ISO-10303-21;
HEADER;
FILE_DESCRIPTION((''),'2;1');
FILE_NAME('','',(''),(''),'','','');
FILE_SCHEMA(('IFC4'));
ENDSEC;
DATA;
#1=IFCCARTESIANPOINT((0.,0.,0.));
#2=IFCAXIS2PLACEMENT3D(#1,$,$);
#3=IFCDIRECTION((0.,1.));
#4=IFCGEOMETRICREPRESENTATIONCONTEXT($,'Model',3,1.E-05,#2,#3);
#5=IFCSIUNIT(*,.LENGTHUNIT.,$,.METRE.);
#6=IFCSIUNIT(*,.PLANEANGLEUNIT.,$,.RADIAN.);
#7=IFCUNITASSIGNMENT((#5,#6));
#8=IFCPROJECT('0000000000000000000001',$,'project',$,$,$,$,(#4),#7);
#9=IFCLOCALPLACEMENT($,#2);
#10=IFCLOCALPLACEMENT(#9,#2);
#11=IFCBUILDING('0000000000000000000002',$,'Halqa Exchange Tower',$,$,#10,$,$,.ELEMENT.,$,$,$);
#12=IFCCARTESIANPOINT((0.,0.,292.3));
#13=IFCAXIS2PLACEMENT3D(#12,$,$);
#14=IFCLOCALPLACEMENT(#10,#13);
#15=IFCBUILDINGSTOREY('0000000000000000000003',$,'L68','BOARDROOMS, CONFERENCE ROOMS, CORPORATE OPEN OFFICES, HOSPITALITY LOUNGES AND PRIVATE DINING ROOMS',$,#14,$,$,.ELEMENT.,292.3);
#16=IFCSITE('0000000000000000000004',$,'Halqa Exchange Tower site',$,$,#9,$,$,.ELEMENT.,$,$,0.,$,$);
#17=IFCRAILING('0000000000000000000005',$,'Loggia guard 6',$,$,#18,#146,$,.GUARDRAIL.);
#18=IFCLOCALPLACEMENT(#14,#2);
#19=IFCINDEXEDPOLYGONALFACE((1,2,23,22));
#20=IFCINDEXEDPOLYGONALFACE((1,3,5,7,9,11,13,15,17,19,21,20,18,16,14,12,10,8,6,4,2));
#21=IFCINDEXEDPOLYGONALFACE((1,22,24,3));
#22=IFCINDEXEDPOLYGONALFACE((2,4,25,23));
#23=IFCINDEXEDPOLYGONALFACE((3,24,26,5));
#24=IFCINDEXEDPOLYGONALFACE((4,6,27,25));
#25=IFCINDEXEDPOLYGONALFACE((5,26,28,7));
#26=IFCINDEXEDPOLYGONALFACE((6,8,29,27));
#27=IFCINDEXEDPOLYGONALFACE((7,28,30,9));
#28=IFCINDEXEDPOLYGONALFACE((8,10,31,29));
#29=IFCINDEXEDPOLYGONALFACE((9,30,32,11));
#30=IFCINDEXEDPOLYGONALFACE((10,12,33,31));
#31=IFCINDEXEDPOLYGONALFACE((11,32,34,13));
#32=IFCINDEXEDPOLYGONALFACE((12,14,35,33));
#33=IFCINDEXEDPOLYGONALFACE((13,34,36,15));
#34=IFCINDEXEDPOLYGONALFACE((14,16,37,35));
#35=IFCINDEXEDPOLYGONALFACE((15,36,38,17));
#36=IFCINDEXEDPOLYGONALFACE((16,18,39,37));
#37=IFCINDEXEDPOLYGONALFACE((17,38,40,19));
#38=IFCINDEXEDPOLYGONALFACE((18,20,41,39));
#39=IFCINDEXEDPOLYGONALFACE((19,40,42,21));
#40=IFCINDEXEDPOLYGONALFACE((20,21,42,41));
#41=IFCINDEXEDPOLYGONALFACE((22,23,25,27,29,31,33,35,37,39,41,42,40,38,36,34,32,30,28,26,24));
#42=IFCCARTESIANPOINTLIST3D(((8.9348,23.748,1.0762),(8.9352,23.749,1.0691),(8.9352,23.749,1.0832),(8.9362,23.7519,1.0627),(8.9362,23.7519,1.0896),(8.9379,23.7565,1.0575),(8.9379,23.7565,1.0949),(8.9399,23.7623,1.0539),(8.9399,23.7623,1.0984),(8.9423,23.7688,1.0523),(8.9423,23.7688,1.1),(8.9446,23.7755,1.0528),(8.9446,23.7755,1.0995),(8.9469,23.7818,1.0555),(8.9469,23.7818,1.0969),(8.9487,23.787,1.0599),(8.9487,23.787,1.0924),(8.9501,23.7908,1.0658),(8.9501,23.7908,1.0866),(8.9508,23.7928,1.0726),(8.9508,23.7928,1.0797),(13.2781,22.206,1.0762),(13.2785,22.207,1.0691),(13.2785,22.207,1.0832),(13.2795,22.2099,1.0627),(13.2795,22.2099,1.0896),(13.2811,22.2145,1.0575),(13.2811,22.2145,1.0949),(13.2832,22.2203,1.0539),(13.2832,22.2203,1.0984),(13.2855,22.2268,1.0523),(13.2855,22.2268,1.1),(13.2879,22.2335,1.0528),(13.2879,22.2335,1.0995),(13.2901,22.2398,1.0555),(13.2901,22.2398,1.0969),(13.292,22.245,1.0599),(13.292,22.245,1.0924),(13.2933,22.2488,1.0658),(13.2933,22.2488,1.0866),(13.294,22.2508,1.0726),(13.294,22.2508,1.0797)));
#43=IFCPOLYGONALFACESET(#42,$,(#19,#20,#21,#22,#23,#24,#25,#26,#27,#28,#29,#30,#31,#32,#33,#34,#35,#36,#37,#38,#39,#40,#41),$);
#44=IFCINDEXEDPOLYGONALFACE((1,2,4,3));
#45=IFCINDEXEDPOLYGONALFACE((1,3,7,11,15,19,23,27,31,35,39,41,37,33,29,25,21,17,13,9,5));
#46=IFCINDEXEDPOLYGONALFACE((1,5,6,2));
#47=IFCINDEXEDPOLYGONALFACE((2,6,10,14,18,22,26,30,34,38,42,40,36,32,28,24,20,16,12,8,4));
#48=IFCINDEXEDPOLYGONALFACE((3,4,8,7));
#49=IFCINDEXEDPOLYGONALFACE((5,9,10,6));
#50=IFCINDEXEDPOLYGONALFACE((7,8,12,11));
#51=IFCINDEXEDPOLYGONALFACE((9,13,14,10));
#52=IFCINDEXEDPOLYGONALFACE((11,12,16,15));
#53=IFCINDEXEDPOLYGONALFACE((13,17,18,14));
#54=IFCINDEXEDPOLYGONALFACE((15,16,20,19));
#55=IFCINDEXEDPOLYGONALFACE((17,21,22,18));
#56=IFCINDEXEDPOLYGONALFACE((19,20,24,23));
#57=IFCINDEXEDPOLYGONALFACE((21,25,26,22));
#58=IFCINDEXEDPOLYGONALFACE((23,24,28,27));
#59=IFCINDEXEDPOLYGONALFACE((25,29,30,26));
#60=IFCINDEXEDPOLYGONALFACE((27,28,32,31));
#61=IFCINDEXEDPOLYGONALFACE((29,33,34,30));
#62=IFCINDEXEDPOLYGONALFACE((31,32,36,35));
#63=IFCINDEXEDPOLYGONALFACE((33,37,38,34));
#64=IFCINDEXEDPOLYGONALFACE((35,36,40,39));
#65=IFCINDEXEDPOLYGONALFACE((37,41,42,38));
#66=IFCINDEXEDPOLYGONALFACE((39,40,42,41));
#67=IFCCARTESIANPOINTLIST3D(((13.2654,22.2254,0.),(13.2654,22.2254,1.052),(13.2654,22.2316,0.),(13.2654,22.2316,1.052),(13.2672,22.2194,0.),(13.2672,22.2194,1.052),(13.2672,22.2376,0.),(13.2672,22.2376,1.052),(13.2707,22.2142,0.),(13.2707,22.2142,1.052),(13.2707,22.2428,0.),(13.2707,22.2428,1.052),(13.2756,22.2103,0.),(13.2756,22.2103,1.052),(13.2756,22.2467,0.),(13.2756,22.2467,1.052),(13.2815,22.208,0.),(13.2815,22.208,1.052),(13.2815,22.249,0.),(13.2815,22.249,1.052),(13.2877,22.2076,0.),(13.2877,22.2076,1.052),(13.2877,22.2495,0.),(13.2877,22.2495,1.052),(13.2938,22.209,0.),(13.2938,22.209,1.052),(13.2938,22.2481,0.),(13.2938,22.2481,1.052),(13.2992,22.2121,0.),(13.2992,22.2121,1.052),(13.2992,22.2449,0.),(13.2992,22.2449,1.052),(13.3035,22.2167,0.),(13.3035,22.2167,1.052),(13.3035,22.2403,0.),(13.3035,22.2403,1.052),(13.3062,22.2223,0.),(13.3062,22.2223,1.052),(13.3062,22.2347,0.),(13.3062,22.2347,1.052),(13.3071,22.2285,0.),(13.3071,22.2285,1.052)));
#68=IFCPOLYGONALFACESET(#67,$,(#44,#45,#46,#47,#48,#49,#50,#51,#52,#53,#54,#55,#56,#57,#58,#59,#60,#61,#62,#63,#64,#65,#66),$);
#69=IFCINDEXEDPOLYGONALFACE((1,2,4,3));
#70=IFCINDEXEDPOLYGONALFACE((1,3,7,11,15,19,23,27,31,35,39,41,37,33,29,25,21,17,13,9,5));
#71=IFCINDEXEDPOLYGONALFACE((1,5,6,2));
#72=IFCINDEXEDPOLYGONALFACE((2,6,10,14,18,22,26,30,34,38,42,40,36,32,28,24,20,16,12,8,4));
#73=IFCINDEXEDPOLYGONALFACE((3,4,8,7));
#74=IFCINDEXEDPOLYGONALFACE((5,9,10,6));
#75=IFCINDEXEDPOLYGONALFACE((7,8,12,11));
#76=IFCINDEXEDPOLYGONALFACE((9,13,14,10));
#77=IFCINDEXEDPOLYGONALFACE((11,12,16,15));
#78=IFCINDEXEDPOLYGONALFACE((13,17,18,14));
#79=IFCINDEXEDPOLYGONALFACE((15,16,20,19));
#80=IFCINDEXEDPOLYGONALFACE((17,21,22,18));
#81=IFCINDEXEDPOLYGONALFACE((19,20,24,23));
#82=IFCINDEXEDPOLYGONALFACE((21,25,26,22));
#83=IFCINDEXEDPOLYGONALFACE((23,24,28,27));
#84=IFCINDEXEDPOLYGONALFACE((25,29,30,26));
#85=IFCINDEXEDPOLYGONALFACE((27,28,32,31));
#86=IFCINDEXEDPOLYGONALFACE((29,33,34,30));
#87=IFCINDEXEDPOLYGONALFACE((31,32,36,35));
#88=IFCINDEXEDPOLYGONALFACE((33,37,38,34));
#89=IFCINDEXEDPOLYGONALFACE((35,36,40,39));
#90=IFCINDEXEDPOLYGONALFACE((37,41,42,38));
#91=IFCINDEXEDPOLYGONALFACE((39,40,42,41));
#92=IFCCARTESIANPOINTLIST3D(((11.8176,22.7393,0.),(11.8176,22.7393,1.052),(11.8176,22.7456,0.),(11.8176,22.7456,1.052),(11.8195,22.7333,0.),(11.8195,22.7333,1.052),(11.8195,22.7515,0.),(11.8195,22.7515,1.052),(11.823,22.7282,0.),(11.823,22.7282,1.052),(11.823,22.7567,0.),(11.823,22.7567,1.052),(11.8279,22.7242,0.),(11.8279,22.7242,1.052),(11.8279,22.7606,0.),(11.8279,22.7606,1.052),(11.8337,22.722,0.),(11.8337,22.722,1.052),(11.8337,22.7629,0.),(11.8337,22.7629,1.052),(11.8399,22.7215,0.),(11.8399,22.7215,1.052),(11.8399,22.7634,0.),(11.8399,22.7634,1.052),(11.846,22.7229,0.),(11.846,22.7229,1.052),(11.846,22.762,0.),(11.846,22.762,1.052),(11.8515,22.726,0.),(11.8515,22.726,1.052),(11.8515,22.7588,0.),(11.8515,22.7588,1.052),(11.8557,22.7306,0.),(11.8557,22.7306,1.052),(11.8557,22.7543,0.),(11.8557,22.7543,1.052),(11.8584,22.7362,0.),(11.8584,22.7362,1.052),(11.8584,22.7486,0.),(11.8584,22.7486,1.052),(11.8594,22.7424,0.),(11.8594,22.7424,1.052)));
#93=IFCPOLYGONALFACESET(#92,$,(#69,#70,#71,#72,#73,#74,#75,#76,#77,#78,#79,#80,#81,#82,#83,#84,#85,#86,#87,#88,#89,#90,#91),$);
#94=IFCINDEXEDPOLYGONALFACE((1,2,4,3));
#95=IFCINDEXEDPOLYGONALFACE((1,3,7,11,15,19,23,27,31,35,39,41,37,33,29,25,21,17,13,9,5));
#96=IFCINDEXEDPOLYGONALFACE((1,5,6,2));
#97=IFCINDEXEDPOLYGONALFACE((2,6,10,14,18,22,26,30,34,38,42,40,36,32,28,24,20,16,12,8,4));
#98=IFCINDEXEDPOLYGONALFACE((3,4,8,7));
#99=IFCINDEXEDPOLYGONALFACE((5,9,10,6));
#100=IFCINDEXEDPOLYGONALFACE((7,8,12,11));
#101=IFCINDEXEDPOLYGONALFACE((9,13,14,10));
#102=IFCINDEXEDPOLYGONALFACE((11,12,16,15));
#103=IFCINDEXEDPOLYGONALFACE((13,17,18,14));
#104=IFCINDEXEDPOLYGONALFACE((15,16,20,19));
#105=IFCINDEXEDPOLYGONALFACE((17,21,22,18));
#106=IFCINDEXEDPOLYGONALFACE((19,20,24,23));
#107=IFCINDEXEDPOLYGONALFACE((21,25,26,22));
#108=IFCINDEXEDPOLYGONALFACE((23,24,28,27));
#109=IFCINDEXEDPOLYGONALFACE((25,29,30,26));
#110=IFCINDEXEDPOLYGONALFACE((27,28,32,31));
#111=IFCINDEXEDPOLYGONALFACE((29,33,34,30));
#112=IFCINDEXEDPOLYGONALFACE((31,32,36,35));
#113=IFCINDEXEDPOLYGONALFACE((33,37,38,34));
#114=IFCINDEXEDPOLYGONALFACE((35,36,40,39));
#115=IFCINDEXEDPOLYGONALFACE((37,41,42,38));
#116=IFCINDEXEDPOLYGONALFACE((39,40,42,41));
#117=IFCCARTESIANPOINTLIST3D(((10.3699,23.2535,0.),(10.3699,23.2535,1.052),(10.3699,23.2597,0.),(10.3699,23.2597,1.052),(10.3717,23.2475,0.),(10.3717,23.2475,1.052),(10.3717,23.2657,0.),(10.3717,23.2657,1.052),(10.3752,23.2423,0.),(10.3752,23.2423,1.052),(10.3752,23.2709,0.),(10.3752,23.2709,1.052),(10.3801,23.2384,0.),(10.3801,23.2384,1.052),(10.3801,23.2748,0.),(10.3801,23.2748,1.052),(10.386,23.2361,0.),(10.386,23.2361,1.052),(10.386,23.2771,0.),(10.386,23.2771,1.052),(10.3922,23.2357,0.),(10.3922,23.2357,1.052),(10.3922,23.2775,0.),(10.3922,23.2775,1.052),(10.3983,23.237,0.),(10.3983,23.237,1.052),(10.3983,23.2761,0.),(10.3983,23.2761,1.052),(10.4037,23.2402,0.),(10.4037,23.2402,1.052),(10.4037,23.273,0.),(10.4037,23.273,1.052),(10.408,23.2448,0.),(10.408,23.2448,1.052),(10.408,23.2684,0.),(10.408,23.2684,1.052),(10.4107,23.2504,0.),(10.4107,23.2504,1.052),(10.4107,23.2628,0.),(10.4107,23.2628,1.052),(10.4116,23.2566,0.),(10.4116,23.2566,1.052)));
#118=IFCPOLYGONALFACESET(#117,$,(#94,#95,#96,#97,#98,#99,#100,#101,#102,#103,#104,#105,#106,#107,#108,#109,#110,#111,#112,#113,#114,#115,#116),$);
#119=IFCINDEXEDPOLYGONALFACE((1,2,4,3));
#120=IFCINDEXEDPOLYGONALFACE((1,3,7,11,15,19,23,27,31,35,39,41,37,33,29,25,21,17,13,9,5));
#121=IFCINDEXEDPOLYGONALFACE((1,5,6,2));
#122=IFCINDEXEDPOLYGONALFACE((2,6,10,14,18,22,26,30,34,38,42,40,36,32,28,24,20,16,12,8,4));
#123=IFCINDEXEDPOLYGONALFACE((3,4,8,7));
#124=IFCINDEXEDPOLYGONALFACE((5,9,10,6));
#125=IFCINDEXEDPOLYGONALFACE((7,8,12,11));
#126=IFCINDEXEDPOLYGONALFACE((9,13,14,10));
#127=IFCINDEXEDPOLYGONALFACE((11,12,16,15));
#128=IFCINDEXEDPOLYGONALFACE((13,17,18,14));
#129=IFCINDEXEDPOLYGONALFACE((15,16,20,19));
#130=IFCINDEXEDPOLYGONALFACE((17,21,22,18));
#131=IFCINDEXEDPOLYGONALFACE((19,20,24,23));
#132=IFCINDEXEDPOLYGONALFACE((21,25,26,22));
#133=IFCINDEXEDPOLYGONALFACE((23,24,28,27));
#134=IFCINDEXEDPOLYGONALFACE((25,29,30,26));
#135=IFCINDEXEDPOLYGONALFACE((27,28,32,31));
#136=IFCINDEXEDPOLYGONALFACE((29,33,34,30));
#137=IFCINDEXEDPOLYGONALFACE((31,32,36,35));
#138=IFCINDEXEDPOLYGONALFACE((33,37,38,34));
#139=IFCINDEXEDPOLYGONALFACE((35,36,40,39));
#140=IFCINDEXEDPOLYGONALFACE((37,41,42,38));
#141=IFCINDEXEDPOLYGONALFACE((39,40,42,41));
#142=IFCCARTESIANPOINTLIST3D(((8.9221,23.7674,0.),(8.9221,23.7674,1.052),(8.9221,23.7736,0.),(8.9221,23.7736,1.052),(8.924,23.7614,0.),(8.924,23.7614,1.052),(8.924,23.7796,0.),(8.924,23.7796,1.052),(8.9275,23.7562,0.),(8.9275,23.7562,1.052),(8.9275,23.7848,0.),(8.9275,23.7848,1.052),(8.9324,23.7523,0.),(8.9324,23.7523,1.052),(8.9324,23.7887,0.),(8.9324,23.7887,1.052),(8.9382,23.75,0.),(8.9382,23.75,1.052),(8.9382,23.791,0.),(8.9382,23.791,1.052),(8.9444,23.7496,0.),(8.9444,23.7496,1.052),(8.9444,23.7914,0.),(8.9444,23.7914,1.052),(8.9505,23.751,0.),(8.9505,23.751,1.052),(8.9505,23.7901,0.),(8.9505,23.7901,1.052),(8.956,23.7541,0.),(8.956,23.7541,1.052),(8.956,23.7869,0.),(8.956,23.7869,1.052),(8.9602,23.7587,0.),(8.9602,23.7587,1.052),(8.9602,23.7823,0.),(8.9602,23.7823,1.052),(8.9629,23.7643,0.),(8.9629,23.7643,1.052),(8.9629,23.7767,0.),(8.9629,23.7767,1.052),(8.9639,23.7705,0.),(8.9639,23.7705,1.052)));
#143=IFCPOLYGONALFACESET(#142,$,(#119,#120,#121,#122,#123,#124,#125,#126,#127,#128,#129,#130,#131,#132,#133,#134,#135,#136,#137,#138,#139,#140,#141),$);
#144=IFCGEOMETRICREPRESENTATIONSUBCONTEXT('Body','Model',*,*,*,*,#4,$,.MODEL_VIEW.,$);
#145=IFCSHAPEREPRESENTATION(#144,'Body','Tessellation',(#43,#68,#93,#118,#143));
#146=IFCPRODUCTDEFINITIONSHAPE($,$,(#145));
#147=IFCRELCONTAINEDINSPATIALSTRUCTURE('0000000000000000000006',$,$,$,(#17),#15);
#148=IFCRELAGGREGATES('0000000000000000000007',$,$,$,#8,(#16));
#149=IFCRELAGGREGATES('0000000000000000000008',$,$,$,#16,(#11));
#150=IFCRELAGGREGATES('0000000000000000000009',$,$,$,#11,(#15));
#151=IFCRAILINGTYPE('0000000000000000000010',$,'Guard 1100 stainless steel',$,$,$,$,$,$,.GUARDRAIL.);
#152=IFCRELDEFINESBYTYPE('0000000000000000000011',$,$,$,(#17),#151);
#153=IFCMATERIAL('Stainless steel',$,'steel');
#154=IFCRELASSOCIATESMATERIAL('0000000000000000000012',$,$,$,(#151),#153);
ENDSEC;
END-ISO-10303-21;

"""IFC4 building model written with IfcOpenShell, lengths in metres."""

from ifc_helpers import new_model, si_unit, direction, frame, origin, origin_2d, place, context, subcontext, project, spatial, circle, extrude, material, type_object, element, save


model = new_model("IFC4")

# Units and contexts
model_context = context("Model", 3, precision=1e-05, world=origin(), true_north=direction((0.0, 1.0)))
body_context = subcontext(model_context, "Body", "Model", "MODEL_VIEW")
ifc_project = project(units=[si_unit("LENGTHUNIT", "METRE"), si_unit("PLANEANGLEUNIT", "RADIAN")], contexts=[model_context])

# Site, building, storey
site_placement = place(None, origin())
site = spatial("IfcSite", under=ifc_project, at=site_placement, Name="Halqa Exchange Tower site", CompositionType="ELEMENT", RefElevation=0.0)
building_placement = place(site_placement, origin())
building = spatial("IfcBuilding", under=site, at=building_placement, Name="Halqa Exchange Tower", CompositionType="ELEMENT")
storey_placement = place(building_placement, frame((0.0, 0.0, 292.3)))
storey = spatial("IfcBuildingStorey", under=building, at=storey_placement, Name="L68", Description="BOARDROOMS, CONFERENCE ROOMS, CORPORATE OPEN OFFICES, HOSPITALITY LOUNGES AND PRIVATE DINING ROOMS", CompositionType="ELEMENT", Elevation=292.3)

# Railing
ifc_material_1 = material(Name="Stainless steel", Category="steel")
railing_type = type_object("IfcRailingType", Name="Guard 1100 stainless steel", PredefinedType="GUARDRAIL", material=ifc_material_1)
railing_1_placement = place(storey_placement, frame((13.2861, 22.2285, 0.0)))
element("IfcRailing", 1, at=railing_1_placement, inside=storey, type_object=railing_type, Name="Loggia guard 6", PredefinedType="GUARDRAIL", context=body_context, shape_type="SweptSolid", body=[
    extrude(circle(Radius=0.0239, at=origin_2d()), frame((0.0, 0.0, 1.0762), z_axis=(-0.942371, 0.334571, 0.0), x_axis=(-0.334571, -0.942371, 0.0)), (0.0, 0.0, 1.0), 4.6089),
    extrude(circle(Radius=0.021, at=origin_2d()), origin(), (0.0, 0.0, 1.0), 1.052),
    extrude(circle(Radius=0.021, at=origin_2d()), frame((-1.4478, 0.5139, 0.0)), (0.0, 0.0, 1.0), 1.052),
    extrude(circle(Radius=0.021, at=origin_2d()), frame((-2.8955, 1.0281, 0.0)), (0.0, 0.0, 1.0), 1.052),
    extrude(circle(Radius=0.021, at=origin_2d()), frame((-4.3433, 1.542, 0.0)), (0.0, 0.0, 1.0), 1.052),
])

save(model, "model.ifc")
